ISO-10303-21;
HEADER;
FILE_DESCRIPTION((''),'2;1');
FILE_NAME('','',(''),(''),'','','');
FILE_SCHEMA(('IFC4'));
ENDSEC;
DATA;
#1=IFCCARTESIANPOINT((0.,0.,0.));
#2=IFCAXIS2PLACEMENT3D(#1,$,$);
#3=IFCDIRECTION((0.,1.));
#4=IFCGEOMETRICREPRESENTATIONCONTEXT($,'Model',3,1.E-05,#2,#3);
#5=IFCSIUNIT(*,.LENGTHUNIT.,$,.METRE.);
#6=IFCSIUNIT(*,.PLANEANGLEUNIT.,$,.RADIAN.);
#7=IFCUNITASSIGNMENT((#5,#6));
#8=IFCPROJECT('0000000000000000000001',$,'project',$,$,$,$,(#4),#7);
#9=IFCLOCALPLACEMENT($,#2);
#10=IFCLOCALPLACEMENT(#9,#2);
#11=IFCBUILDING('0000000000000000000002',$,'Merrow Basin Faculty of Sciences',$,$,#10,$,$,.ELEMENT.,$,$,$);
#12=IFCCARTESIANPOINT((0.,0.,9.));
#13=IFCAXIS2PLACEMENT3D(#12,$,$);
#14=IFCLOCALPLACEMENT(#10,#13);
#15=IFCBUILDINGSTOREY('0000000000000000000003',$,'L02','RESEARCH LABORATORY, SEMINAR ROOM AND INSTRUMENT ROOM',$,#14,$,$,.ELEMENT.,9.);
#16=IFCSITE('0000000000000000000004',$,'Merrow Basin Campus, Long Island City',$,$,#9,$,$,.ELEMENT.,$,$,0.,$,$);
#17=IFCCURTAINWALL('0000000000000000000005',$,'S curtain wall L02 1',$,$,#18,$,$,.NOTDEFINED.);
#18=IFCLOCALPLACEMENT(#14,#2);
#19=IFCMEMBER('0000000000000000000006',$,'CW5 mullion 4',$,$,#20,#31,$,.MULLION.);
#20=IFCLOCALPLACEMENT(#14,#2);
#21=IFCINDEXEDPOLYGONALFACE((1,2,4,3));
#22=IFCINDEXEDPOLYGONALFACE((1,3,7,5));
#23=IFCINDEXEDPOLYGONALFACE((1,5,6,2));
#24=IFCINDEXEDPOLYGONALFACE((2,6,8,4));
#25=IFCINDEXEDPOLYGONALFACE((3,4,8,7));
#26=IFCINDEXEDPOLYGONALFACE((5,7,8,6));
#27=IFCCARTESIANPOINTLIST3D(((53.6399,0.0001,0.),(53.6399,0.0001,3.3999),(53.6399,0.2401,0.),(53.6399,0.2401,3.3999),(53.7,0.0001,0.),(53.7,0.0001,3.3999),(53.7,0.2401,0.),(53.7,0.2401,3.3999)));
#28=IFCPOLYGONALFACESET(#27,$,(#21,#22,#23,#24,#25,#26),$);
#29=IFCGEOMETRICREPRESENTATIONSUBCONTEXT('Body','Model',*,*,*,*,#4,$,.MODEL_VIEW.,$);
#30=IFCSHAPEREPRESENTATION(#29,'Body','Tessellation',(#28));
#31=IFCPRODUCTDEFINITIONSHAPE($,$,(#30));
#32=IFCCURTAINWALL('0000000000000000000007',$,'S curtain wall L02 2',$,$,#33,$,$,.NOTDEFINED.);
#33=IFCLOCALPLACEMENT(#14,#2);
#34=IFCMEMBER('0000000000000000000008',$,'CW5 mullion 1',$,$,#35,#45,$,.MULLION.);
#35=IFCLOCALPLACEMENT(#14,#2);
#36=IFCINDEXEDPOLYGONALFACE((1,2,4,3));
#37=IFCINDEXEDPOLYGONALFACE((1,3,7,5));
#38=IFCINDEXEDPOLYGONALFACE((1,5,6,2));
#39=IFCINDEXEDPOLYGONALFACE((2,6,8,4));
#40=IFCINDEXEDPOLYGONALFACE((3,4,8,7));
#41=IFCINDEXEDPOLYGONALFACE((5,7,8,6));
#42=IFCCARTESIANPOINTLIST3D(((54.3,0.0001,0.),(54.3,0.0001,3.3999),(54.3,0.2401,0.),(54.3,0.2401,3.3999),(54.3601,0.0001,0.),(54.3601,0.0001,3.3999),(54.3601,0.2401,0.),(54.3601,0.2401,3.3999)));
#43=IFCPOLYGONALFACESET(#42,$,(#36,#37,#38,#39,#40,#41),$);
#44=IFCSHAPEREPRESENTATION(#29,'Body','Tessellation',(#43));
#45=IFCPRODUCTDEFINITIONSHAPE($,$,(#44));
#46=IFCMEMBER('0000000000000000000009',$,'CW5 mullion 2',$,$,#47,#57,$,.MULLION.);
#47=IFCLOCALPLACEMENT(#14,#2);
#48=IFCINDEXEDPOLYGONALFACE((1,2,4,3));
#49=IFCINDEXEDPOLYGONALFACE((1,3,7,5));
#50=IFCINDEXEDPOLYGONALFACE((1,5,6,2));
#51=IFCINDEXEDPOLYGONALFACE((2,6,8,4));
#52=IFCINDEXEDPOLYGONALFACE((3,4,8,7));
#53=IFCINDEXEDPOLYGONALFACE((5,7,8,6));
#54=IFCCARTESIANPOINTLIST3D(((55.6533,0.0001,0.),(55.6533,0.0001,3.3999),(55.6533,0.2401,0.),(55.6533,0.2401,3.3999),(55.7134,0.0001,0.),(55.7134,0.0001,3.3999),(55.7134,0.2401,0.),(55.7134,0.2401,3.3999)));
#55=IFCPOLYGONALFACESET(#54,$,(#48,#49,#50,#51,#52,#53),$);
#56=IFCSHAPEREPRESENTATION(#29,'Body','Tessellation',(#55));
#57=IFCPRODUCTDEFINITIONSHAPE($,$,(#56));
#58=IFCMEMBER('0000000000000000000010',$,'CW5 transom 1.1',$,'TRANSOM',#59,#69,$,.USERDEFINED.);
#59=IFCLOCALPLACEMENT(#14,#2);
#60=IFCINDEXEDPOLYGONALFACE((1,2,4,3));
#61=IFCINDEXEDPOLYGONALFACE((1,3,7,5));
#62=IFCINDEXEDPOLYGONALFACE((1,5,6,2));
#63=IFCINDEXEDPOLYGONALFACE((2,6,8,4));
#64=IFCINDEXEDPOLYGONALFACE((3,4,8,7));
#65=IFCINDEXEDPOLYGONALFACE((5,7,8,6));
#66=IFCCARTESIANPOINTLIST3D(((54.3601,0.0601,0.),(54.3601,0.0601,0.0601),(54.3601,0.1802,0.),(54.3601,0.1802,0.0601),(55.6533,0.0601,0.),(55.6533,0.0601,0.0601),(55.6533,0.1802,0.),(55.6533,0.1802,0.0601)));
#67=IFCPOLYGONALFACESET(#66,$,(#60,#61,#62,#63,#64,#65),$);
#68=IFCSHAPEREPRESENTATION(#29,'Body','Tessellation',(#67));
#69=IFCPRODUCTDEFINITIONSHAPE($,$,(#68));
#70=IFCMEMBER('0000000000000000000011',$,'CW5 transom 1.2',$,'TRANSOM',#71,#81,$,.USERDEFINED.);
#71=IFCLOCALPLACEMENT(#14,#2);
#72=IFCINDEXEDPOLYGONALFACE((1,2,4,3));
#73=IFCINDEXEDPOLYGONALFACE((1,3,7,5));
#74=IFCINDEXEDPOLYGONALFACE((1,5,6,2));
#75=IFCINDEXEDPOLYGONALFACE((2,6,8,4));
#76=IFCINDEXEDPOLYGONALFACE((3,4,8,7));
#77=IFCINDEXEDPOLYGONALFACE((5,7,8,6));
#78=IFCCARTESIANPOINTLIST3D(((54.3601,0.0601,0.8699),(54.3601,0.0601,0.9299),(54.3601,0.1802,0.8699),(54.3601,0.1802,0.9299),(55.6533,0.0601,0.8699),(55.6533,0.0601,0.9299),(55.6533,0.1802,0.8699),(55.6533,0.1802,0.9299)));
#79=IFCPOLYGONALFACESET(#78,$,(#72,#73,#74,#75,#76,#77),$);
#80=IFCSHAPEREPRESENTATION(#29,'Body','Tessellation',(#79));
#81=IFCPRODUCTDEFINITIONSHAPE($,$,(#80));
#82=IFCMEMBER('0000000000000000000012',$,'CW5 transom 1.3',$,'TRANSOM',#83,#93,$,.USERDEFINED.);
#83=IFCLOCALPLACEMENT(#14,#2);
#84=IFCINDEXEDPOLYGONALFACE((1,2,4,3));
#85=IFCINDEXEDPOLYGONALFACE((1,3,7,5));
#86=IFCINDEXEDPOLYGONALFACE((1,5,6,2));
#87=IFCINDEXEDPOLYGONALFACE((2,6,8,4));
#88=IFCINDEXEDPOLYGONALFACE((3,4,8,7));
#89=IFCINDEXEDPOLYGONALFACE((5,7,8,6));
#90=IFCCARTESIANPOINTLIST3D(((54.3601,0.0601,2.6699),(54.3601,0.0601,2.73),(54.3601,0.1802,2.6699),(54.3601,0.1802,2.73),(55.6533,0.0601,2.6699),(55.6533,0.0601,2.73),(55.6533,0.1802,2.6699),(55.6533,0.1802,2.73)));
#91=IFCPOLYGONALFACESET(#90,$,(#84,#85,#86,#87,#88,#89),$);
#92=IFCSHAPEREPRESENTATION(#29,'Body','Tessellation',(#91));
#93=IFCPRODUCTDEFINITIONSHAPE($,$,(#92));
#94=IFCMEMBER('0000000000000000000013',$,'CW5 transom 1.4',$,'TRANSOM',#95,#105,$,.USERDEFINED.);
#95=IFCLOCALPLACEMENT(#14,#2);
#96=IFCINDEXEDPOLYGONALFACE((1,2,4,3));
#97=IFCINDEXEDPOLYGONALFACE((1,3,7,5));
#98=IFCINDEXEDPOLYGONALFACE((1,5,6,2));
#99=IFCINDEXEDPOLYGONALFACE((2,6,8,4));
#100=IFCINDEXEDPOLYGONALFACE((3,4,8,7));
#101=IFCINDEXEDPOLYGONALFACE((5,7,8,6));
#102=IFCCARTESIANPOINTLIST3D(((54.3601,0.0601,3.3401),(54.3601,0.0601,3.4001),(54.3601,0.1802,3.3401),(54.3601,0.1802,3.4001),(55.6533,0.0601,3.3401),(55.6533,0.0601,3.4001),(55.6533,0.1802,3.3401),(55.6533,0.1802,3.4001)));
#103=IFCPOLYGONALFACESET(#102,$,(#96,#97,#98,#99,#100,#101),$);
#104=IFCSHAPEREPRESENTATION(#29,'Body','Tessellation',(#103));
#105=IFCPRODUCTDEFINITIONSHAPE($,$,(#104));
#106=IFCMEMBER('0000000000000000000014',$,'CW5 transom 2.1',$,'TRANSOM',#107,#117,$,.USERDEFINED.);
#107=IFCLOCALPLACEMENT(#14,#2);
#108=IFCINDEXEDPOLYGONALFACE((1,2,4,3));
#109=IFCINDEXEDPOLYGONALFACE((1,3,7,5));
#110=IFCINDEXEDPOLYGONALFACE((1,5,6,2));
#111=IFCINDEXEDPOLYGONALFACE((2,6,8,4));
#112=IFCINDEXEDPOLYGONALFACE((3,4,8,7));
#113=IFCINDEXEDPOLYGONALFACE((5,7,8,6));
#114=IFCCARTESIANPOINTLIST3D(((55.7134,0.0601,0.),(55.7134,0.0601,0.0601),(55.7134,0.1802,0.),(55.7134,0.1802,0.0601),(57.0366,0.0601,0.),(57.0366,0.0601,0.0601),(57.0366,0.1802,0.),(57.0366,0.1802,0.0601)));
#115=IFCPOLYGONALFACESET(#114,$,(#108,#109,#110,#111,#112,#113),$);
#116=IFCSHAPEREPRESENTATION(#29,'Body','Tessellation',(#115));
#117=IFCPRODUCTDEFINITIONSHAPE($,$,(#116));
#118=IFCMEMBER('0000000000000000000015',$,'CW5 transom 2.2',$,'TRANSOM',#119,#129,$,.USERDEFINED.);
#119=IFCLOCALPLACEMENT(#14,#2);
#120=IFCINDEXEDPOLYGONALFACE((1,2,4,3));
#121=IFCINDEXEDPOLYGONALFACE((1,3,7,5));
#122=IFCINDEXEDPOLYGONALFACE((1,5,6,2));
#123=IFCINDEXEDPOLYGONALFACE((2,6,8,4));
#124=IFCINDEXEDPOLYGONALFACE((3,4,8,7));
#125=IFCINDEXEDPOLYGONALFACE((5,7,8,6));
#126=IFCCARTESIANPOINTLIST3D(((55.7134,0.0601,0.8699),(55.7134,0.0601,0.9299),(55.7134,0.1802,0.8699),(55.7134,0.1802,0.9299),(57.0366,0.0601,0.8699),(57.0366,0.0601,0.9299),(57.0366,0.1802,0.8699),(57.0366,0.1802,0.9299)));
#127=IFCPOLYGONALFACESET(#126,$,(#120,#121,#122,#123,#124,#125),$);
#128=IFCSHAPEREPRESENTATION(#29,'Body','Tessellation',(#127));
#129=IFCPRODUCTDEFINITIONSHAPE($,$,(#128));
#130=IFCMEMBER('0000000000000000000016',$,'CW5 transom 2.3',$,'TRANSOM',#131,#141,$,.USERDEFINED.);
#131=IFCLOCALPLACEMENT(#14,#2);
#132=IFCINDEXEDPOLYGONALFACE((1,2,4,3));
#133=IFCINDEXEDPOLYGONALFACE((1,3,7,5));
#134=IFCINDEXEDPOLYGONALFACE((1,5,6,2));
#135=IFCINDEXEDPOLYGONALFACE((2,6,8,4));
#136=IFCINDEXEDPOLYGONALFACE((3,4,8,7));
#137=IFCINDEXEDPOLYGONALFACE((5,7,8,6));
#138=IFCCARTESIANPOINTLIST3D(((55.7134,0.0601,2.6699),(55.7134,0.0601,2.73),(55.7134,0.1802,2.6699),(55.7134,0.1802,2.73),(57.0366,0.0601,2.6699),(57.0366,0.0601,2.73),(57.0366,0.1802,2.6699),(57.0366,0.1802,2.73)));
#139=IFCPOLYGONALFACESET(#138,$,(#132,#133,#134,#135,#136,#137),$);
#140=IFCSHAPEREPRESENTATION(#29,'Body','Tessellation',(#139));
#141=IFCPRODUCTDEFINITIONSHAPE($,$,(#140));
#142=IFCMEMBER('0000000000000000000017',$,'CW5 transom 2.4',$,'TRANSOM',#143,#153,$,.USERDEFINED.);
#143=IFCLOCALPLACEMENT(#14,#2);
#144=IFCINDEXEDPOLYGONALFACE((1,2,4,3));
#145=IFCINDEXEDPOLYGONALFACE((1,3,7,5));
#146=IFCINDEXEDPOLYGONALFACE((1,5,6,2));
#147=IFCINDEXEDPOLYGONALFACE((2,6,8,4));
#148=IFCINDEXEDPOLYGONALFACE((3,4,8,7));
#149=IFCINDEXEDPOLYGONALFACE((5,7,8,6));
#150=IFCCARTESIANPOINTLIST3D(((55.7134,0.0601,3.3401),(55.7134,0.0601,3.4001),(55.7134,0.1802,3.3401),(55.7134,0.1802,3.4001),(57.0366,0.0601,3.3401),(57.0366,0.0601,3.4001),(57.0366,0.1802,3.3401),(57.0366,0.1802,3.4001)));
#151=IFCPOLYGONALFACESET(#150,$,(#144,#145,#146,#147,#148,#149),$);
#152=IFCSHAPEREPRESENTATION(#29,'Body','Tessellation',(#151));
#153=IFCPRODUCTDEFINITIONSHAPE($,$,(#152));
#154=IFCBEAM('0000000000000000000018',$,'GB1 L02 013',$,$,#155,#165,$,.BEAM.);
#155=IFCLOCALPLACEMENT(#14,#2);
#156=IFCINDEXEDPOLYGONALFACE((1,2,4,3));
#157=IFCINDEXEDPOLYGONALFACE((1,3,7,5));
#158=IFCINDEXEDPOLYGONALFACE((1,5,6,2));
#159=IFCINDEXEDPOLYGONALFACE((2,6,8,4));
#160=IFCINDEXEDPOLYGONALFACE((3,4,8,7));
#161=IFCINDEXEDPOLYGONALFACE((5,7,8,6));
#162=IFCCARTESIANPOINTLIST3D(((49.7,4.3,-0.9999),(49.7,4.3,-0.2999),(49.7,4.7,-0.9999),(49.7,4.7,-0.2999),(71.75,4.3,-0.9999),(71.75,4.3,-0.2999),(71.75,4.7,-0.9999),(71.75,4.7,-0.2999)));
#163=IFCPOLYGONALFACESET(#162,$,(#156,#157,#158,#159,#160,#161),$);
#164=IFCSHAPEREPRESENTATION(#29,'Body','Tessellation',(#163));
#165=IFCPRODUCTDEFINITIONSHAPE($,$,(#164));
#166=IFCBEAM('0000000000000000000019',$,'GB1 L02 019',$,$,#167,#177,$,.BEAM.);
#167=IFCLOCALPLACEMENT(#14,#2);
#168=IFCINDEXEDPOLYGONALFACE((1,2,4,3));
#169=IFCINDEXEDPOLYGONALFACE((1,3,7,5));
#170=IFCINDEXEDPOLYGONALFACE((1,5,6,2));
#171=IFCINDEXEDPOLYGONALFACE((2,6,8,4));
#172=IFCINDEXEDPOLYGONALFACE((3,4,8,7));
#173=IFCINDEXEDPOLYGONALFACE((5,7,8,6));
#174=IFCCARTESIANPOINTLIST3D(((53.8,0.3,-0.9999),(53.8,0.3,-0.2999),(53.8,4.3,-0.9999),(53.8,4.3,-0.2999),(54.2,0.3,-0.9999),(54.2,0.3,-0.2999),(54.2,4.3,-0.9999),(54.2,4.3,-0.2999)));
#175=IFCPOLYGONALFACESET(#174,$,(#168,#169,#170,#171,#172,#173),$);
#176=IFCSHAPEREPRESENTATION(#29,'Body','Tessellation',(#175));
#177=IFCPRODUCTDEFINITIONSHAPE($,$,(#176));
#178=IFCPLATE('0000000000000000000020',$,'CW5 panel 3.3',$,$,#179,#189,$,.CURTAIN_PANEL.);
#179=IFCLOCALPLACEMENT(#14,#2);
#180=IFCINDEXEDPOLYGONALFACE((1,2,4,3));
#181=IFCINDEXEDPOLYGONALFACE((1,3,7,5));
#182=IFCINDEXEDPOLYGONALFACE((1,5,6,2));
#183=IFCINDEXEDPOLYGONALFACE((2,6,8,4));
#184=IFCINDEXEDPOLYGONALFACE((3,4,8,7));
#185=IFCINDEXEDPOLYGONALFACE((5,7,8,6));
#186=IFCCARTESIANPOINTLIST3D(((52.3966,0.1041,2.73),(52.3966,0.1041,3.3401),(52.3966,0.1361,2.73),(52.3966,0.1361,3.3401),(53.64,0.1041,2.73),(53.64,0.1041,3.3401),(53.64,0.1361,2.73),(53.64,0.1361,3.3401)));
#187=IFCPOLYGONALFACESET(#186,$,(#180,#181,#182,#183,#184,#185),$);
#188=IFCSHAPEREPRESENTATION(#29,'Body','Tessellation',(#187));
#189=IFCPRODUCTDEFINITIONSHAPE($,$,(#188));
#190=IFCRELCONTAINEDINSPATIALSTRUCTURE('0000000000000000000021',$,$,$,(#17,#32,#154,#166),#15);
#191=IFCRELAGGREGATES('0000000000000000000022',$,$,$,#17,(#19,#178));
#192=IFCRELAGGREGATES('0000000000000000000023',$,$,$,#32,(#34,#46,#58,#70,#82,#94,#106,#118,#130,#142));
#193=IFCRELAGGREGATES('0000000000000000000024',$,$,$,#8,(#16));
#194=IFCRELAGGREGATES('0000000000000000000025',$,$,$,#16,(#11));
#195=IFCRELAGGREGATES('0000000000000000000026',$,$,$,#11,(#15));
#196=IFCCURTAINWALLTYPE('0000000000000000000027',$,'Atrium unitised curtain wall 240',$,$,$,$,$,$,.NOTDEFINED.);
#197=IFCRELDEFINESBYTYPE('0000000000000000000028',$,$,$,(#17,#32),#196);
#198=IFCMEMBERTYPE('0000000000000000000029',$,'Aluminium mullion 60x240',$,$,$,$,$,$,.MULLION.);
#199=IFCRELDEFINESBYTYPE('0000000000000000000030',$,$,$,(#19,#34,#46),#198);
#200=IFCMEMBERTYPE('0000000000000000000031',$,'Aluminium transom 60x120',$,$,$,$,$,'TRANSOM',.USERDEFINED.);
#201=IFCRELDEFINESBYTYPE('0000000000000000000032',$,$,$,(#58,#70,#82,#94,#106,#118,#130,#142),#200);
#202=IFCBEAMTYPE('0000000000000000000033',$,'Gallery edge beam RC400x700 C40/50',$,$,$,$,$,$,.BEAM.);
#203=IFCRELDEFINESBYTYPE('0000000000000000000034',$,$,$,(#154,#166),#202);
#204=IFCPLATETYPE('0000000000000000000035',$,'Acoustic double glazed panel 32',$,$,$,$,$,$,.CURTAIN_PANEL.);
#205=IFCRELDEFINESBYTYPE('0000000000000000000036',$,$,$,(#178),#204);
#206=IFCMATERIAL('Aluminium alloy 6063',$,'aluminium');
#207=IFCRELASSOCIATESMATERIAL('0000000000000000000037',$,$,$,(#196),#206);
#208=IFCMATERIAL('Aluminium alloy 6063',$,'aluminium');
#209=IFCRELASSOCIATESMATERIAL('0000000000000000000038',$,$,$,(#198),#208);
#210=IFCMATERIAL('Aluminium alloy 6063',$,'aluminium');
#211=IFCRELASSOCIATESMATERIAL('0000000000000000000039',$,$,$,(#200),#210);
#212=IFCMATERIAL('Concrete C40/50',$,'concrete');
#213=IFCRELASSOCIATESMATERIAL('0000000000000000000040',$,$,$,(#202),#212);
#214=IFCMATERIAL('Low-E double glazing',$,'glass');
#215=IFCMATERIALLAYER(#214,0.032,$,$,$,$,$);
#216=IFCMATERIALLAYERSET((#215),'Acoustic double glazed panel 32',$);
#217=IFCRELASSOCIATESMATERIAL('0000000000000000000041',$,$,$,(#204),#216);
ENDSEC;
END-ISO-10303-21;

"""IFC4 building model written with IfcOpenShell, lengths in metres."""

from ifc_helpers import new_model, si_unit, direction, frame, origin, origin_2d, place, context, subcontext, project, spatial, rectangle, extrude, material, layer, layer_set, material_profile, profile_set, type_object, element, aggregate, save


model = new_model("IFC4")

# Units and contexts
model_context = context("Model", 3, precision=1e-05, world=origin(), true_north=direction((0.0, 1.0)))
body_context = subcontext(model_context, "Body", "Model", "MODEL_VIEW")
ifc_project = project(units=[si_unit("LENGTHUNIT", "METRE"), si_unit("PLANEANGLEUNIT", "RADIAN")], contexts=[model_context])

# Site, building, storey
site_placement = place(None, origin())
site = spatial("IfcSite", under=ifc_project, at=site_placement, Name="Merrow Basin Campus, Long Island City", CompositionType="ELEMENT", RefElevation=0.0)
building_placement = place(site_placement, origin())
building = spatial("IfcBuilding", under=site, at=building_placement, Name="Merrow Basin Faculty of Sciences", CompositionType="ELEMENT")
storey_placement = place(building_placement, frame((0.0, 0.0, 9.0)))
storey = spatial("IfcBuildingStorey", under=building, at=storey_placement, Name="L02", Description="RESEARCH LABORATORY, SEMINAR ROOM AND INSTRUMENT ROOM", CompositionType="ELEMENT", Elevation=9.0)

# Curtain wall, member
ifc_material_1 = material(Name="Aluminium alloy 6063", Category="aluminium")
curtain_wall_type = type_object("IfcCurtainWallType", Name="Atrium unitised curtain wall 240", PredefinedType="NOTDEFINED", material=ifc_material_1)
curtain_wall_1_placement = place(storey_placement, origin())
curtain_wall_1 = element("IfcCurtainWall", 1, at=curtain_wall_1_placement, inside=storey, type_object=curtain_wall_type, Name="S curtain wall L02 1", PredefinedType="NOTDEFINED")
ifc_material_2 = material(Name="Aluminium alloy 6063", Category="aluminium")
ifc_material_profile_1 = material_profile(ifc_material_2, rectangle(XDim=0.24, YDim=0.0601, at=origin_2d()))
ifc_profile_set_1 = profile_set([ifc_material_profile_1], Name="Aluminium alloy 6063")
member_type_1 = type_object("IfcMemberType", Name="Aluminium mullion 60x240", PredefinedType="MULLION", material=ifc_profile_set_1)
member_1_placement = place(storey_placement, frame((53.6699, 0.1201, 0.0), z_axis=(0.0, 0.0, 1.0), x_axis=(0.0, 1.0, 0.0)))
member_1 = element("IfcMember", 2, at=member_1_placement, type_object=member_type_1, Name="CW5 mullion 4", PredefinedType="MULLION", context=body_context, shape_type="SweptSolid", body=[
    extrude(rectangle(XDim=0.24, YDim=0.0601, at=origin_2d()), origin(), (0.0, 0.0, 1.0), 3.3999),
])

# Curtain wall, members
curtain_wall_2_placement = place(storey_placement, origin())
curtain_wall_2 = element("IfcCurtainWall", 3, at=curtain_wall_2_placement, inside=storey, type_object=curtain_wall_type, Name="S curtain wall L02 2", PredefinedType="NOTDEFINED")
member_2_placement = place(storey_placement, frame((54.3301, 0.1201, 0.0), z_axis=(0.0, 0.0, 1.0), x_axis=(0.0, 1.0, 0.0)))
member_2 = element("IfcMember", 4, at=member_2_placement, type_object=member_type_1, Name="CW5 mullion 1", PredefinedType="MULLION", context=body_context, shape_type="SweptSolid", body=[
    extrude(rectangle(XDim=0.24, YDim=0.0601, at=origin_2d()), origin(), (0.0, 0.0, 1.0), 3.3999),
])
member_3_placement = place(storey_placement, frame((55.6833, 0.1201, 0.0), z_axis=(0.0, 0.0, 1.0), x_axis=(0.0, 1.0, 0.0)))
member_3 = element("IfcMember", 5, at=member_3_placement, type_object=member_type_1, Name="CW5 mullion 2", PredefinedType="MULLION", context=body_context, shape_type="SweptSolid", body=[
    extrude(rectangle(XDim=0.24, YDim=0.0601, at=origin_2d()), origin(), (0.0, 0.0, 1.0), 3.3999),
])
ifc_material_3 = material(Name="Aluminium alloy 6063", Category="aluminium")
ifc_material_profile_2 = material_profile(ifc_material_3, rectangle(XDim=0.1201, YDim=0.0601, at=origin_2d()))
ifc_profile_set_2 = profile_set([ifc_material_profile_2], Name="Aluminium alloy 6063")
member_type_2 = type_object("IfcMemberType", Name="Aluminium transom 60x120", ElementType="TRANSOM", PredefinedType="USERDEFINED", material=ifc_profile_set_2)
member_4_placement = place(storey_placement, frame((54.3601, 0.1201, 0.03), z_axis=(1.0, 0.0, 0.0), x_axis=(0.0, 1.0, 0.0)))
member_4 = element("IfcMember", 6, at=member_4_placement, type_object=member_type_2, Name="CW5 transom 1.1", ObjectType="TRANSOM", PredefinedType="USERDEFINED", context=body_context, shape_type="SweptSolid", body=[
    extrude(rectangle(XDim=0.1201, YDim=0.0601, at=origin_2d()), origin(), (0.0, 0.0, 1.0), 1.2932),
])
member_5_placement = place(storey_placement, frame((54.3601, 0.1201, 0.8999), z_axis=(1.0, 0.0, 0.0), x_axis=(0.0, 1.0, 0.0)))
member_5 = element("IfcMember", 7, at=member_5_placement, type_object=member_type_2, Name="CW5 transom 1.2", ObjectType="TRANSOM", PredefinedType="USERDEFINED", context=body_context, shape_type="SweptSolid", body=[
    extrude(rectangle(XDim=0.1201, YDim=0.0601, at=origin_2d()), origin(), (0.0, 0.0, 1.0), 1.2932),
])
member_6_placement = place(storey_placement, frame((54.3601, 0.1201, 2.7), z_axis=(1.0, 0.0, 0.0), x_axis=(0.0, 1.0, 0.0)))
member_6 = element("IfcMember", 8, at=member_6_placement, type_object=member_type_2, Name="CW5 transom 1.3", ObjectType="TRANSOM", PredefinedType="USERDEFINED", context=body_context, shape_type="SweptSolid", body=[
    extrude(rectangle(XDim=0.1201, YDim=0.0601, at=origin_2d()), origin(), (0.0, 0.0, 1.0), 1.2932),
])
member_7_placement = place(storey_placement, frame((54.3601, 0.1201, 3.3701), z_axis=(1.0, 0.0, 0.0), x_axis=(0.0, 1.0, 0.0)))
member_7 = element("IfcMember", 9, at=member_7_placement, type_object=member_type_2, Name="CW5 transom 1.4", ObjectType="TRANSOM", PredefinedType="USERDEFINED", context=body_context, shape_type="SweptSolid", body=[
    extrude(rectangle(XDim=0.1201, YDim=0.0601, at=origin_2d()), origin(), (0.0, 0.0, 1.0), 1.2932),
])
member_8_placement = place(storey_placement, frame((55.7134, 0.1201, 0.03), z_axis=(1.0, 0.0, 0.0), x_axis=(0.0, 1.0, 0.0)))
member_8 = element("IfcMember", 10, at=member_8_placement, type_object=member_type_2, Name="CW5 transom 2.1", ObjectType="TRANSOM", PredefinedType="USERDEFINED", context=body_context, shape_type="SweptSolid", body=[
    extrude(rectangle(XDim=0.1201, YDim=0.0601, at=origin_2d()), origin(), (0.0, 0.0, 1.0), 1.3232),
])
member_9_placement = place(storey_placement, frame((55.7134, 0.1201, 0.8999), z_axis=(1.0, 0.0, 0.0), x_axis=(0.0, 1.0, 0.0)))
member_9 = element("IfcMember", 11, at=member_9_placement, type_object=member_type_2, Name="CW5 transom 2.2", ObjectType="TRANSOM", PredefinedType="USERDEFINED", context=body_context, shape_type="SweptSolid", body=[
    extrude(rectangle(XDim=0.1201, YDim=0.0601, at=origin_2d()), origin(), (0.0, 0.0, 1.0), 1.3232),
])
member_10_placement = place(storey_placement, frame((55.7134, 0.1201, 2.7), z_axis=(1.0, 0.0, 0.0), x_axis=(0.0, 1.0, 0.0)))
member_10 = element("IfcMember", 12, at=member_10_placement, type_object=member_type_2, Name="CW5 transom 2.3", ObjectType="TRANSOM", PredefinedType="USERDEFINED", context=body_context, shape_type="SweptSolid", body=[
    extrude(rectangle(XDim=0.1201, YDim=0.0601, at=origin_2d()), origin(), (0.0, 0.0, 1.0), 1.3232),
])
member_11_placement = place(storey_placement, frame((55.7134, 0.1201, 3.3701), z_axis=(1.0, 0.0, 0.0), x_axis=(0.0, 1.0, 0.0)))
member_11 = element("IfcMember", 13, at=member_11_placement, type_object=member_type_2, Name="CW5 transom 2.4", ObjectType="TRANSOM", PredefinedType="USERDEFINED", context=body_context, shape_type="SweptSolid", body=[
    extrude(rectangle(XDim=0.1201, YDim=0.0601, at=origin_2d()), origin(), (0.0, 0.0, 1.0), 1.3232),
])

# Beams
ifc_material_4 = material(Name="Concrete C40/50", Category="concrete")
ifc_material_profile_3 = material_profile(ifc_material_4, rectangle(XDim=0.3999, YDim=0.7, at=origin_2d()))
ifc_profile_set_3 = profile_set([ifc_material_profile_3], Name="Concrete C40/50")
beam_type = type_object("IfcBeamType", Name="Gallery edge beam RC400x700 C40/50", PredefinedType="BEAM", material=ifc_profile_set_3)
beam_1_placement = place(storey_placement, frame((49.7, 4.5, -0.6499), z_axis=(1.0, 0.0, 0.0), x_axis=(0.0, 1.0, 0.0)))
element("IfcBeam", 14, at=beam_1_placement, inside=storey, type_object=beam_type, Name="GB1 L02 013", PredefinedType="BEAM", context=body_context, shape_type="SweptSolid", body=[
    extrude(rectangle(XDim=0.3999, YDim=0.7, at=origin_2d()), origin(), (0.0, 0.0, 1.0), 22.05),
])
beam_2_placement = place(storey_placement, frame((54.0, 0.3, -0.6499), z_axis=(0.0, 1.0, 0.0), x_axis=(-1.0, 0.0, 0.0)))
element("IfcBeam", 15, at=beam_2_placement, inside=storey, type_object=beam_type, Name="GB1 L02 019", PredefinedType="BEAM", context=body_context, shape_type="SweptSolid", body=[
    extrude(rectangle(XDim=0.3999, YDim=0.7, at=origin_2d()), origin(), (0.0, 0.0, 1.0), 4.0),
])

# Plate
ifc_material_5 = material(Name="Low-E double glazing", Category="glass")
ifc_layer_1 = layer(ifc_material_5, 0.032)
ifc_layer_set_1 = layer_set([ifc_layer_1], Name="Acoustic double glazed panel 32")
plate_type_1 = type_object("IfcPlateType", Name="Acoustic double glazed panel 32", PredefinedType="CURTAIN_PANEL", material=ifc_layer_set_1)
plate_1_placement = place(storey_placement, frame((53.0183, 0.1201, 2.73), z_axis=(0.0, 0.0, 1.0), x_axis=(1.0, 0.0, 0.0)))
plate_1 = element("IfcPlate", 16, at=plate_1_placement, type_object=plate_type_1, Name="CW5 panel 3.3", PredefinedType="CURTAIN_PANEL", context=body_context, shape_type="SweptSolid", body=[
    extrude(rectangle(XDim=1.2434, YDim=0.032, at=origin_2d()), origin(), (0.0, 0.0, 1.0), 0.6101),
])
aggregate(curtain_wall_1, [member_1, plate_1])
aggregate(curtain_wall_2, [member_2, member_3, member_4, member_5, member_6, member_7, member_8, member_9, member_10, member_11])

save(model, "model.ifc")
